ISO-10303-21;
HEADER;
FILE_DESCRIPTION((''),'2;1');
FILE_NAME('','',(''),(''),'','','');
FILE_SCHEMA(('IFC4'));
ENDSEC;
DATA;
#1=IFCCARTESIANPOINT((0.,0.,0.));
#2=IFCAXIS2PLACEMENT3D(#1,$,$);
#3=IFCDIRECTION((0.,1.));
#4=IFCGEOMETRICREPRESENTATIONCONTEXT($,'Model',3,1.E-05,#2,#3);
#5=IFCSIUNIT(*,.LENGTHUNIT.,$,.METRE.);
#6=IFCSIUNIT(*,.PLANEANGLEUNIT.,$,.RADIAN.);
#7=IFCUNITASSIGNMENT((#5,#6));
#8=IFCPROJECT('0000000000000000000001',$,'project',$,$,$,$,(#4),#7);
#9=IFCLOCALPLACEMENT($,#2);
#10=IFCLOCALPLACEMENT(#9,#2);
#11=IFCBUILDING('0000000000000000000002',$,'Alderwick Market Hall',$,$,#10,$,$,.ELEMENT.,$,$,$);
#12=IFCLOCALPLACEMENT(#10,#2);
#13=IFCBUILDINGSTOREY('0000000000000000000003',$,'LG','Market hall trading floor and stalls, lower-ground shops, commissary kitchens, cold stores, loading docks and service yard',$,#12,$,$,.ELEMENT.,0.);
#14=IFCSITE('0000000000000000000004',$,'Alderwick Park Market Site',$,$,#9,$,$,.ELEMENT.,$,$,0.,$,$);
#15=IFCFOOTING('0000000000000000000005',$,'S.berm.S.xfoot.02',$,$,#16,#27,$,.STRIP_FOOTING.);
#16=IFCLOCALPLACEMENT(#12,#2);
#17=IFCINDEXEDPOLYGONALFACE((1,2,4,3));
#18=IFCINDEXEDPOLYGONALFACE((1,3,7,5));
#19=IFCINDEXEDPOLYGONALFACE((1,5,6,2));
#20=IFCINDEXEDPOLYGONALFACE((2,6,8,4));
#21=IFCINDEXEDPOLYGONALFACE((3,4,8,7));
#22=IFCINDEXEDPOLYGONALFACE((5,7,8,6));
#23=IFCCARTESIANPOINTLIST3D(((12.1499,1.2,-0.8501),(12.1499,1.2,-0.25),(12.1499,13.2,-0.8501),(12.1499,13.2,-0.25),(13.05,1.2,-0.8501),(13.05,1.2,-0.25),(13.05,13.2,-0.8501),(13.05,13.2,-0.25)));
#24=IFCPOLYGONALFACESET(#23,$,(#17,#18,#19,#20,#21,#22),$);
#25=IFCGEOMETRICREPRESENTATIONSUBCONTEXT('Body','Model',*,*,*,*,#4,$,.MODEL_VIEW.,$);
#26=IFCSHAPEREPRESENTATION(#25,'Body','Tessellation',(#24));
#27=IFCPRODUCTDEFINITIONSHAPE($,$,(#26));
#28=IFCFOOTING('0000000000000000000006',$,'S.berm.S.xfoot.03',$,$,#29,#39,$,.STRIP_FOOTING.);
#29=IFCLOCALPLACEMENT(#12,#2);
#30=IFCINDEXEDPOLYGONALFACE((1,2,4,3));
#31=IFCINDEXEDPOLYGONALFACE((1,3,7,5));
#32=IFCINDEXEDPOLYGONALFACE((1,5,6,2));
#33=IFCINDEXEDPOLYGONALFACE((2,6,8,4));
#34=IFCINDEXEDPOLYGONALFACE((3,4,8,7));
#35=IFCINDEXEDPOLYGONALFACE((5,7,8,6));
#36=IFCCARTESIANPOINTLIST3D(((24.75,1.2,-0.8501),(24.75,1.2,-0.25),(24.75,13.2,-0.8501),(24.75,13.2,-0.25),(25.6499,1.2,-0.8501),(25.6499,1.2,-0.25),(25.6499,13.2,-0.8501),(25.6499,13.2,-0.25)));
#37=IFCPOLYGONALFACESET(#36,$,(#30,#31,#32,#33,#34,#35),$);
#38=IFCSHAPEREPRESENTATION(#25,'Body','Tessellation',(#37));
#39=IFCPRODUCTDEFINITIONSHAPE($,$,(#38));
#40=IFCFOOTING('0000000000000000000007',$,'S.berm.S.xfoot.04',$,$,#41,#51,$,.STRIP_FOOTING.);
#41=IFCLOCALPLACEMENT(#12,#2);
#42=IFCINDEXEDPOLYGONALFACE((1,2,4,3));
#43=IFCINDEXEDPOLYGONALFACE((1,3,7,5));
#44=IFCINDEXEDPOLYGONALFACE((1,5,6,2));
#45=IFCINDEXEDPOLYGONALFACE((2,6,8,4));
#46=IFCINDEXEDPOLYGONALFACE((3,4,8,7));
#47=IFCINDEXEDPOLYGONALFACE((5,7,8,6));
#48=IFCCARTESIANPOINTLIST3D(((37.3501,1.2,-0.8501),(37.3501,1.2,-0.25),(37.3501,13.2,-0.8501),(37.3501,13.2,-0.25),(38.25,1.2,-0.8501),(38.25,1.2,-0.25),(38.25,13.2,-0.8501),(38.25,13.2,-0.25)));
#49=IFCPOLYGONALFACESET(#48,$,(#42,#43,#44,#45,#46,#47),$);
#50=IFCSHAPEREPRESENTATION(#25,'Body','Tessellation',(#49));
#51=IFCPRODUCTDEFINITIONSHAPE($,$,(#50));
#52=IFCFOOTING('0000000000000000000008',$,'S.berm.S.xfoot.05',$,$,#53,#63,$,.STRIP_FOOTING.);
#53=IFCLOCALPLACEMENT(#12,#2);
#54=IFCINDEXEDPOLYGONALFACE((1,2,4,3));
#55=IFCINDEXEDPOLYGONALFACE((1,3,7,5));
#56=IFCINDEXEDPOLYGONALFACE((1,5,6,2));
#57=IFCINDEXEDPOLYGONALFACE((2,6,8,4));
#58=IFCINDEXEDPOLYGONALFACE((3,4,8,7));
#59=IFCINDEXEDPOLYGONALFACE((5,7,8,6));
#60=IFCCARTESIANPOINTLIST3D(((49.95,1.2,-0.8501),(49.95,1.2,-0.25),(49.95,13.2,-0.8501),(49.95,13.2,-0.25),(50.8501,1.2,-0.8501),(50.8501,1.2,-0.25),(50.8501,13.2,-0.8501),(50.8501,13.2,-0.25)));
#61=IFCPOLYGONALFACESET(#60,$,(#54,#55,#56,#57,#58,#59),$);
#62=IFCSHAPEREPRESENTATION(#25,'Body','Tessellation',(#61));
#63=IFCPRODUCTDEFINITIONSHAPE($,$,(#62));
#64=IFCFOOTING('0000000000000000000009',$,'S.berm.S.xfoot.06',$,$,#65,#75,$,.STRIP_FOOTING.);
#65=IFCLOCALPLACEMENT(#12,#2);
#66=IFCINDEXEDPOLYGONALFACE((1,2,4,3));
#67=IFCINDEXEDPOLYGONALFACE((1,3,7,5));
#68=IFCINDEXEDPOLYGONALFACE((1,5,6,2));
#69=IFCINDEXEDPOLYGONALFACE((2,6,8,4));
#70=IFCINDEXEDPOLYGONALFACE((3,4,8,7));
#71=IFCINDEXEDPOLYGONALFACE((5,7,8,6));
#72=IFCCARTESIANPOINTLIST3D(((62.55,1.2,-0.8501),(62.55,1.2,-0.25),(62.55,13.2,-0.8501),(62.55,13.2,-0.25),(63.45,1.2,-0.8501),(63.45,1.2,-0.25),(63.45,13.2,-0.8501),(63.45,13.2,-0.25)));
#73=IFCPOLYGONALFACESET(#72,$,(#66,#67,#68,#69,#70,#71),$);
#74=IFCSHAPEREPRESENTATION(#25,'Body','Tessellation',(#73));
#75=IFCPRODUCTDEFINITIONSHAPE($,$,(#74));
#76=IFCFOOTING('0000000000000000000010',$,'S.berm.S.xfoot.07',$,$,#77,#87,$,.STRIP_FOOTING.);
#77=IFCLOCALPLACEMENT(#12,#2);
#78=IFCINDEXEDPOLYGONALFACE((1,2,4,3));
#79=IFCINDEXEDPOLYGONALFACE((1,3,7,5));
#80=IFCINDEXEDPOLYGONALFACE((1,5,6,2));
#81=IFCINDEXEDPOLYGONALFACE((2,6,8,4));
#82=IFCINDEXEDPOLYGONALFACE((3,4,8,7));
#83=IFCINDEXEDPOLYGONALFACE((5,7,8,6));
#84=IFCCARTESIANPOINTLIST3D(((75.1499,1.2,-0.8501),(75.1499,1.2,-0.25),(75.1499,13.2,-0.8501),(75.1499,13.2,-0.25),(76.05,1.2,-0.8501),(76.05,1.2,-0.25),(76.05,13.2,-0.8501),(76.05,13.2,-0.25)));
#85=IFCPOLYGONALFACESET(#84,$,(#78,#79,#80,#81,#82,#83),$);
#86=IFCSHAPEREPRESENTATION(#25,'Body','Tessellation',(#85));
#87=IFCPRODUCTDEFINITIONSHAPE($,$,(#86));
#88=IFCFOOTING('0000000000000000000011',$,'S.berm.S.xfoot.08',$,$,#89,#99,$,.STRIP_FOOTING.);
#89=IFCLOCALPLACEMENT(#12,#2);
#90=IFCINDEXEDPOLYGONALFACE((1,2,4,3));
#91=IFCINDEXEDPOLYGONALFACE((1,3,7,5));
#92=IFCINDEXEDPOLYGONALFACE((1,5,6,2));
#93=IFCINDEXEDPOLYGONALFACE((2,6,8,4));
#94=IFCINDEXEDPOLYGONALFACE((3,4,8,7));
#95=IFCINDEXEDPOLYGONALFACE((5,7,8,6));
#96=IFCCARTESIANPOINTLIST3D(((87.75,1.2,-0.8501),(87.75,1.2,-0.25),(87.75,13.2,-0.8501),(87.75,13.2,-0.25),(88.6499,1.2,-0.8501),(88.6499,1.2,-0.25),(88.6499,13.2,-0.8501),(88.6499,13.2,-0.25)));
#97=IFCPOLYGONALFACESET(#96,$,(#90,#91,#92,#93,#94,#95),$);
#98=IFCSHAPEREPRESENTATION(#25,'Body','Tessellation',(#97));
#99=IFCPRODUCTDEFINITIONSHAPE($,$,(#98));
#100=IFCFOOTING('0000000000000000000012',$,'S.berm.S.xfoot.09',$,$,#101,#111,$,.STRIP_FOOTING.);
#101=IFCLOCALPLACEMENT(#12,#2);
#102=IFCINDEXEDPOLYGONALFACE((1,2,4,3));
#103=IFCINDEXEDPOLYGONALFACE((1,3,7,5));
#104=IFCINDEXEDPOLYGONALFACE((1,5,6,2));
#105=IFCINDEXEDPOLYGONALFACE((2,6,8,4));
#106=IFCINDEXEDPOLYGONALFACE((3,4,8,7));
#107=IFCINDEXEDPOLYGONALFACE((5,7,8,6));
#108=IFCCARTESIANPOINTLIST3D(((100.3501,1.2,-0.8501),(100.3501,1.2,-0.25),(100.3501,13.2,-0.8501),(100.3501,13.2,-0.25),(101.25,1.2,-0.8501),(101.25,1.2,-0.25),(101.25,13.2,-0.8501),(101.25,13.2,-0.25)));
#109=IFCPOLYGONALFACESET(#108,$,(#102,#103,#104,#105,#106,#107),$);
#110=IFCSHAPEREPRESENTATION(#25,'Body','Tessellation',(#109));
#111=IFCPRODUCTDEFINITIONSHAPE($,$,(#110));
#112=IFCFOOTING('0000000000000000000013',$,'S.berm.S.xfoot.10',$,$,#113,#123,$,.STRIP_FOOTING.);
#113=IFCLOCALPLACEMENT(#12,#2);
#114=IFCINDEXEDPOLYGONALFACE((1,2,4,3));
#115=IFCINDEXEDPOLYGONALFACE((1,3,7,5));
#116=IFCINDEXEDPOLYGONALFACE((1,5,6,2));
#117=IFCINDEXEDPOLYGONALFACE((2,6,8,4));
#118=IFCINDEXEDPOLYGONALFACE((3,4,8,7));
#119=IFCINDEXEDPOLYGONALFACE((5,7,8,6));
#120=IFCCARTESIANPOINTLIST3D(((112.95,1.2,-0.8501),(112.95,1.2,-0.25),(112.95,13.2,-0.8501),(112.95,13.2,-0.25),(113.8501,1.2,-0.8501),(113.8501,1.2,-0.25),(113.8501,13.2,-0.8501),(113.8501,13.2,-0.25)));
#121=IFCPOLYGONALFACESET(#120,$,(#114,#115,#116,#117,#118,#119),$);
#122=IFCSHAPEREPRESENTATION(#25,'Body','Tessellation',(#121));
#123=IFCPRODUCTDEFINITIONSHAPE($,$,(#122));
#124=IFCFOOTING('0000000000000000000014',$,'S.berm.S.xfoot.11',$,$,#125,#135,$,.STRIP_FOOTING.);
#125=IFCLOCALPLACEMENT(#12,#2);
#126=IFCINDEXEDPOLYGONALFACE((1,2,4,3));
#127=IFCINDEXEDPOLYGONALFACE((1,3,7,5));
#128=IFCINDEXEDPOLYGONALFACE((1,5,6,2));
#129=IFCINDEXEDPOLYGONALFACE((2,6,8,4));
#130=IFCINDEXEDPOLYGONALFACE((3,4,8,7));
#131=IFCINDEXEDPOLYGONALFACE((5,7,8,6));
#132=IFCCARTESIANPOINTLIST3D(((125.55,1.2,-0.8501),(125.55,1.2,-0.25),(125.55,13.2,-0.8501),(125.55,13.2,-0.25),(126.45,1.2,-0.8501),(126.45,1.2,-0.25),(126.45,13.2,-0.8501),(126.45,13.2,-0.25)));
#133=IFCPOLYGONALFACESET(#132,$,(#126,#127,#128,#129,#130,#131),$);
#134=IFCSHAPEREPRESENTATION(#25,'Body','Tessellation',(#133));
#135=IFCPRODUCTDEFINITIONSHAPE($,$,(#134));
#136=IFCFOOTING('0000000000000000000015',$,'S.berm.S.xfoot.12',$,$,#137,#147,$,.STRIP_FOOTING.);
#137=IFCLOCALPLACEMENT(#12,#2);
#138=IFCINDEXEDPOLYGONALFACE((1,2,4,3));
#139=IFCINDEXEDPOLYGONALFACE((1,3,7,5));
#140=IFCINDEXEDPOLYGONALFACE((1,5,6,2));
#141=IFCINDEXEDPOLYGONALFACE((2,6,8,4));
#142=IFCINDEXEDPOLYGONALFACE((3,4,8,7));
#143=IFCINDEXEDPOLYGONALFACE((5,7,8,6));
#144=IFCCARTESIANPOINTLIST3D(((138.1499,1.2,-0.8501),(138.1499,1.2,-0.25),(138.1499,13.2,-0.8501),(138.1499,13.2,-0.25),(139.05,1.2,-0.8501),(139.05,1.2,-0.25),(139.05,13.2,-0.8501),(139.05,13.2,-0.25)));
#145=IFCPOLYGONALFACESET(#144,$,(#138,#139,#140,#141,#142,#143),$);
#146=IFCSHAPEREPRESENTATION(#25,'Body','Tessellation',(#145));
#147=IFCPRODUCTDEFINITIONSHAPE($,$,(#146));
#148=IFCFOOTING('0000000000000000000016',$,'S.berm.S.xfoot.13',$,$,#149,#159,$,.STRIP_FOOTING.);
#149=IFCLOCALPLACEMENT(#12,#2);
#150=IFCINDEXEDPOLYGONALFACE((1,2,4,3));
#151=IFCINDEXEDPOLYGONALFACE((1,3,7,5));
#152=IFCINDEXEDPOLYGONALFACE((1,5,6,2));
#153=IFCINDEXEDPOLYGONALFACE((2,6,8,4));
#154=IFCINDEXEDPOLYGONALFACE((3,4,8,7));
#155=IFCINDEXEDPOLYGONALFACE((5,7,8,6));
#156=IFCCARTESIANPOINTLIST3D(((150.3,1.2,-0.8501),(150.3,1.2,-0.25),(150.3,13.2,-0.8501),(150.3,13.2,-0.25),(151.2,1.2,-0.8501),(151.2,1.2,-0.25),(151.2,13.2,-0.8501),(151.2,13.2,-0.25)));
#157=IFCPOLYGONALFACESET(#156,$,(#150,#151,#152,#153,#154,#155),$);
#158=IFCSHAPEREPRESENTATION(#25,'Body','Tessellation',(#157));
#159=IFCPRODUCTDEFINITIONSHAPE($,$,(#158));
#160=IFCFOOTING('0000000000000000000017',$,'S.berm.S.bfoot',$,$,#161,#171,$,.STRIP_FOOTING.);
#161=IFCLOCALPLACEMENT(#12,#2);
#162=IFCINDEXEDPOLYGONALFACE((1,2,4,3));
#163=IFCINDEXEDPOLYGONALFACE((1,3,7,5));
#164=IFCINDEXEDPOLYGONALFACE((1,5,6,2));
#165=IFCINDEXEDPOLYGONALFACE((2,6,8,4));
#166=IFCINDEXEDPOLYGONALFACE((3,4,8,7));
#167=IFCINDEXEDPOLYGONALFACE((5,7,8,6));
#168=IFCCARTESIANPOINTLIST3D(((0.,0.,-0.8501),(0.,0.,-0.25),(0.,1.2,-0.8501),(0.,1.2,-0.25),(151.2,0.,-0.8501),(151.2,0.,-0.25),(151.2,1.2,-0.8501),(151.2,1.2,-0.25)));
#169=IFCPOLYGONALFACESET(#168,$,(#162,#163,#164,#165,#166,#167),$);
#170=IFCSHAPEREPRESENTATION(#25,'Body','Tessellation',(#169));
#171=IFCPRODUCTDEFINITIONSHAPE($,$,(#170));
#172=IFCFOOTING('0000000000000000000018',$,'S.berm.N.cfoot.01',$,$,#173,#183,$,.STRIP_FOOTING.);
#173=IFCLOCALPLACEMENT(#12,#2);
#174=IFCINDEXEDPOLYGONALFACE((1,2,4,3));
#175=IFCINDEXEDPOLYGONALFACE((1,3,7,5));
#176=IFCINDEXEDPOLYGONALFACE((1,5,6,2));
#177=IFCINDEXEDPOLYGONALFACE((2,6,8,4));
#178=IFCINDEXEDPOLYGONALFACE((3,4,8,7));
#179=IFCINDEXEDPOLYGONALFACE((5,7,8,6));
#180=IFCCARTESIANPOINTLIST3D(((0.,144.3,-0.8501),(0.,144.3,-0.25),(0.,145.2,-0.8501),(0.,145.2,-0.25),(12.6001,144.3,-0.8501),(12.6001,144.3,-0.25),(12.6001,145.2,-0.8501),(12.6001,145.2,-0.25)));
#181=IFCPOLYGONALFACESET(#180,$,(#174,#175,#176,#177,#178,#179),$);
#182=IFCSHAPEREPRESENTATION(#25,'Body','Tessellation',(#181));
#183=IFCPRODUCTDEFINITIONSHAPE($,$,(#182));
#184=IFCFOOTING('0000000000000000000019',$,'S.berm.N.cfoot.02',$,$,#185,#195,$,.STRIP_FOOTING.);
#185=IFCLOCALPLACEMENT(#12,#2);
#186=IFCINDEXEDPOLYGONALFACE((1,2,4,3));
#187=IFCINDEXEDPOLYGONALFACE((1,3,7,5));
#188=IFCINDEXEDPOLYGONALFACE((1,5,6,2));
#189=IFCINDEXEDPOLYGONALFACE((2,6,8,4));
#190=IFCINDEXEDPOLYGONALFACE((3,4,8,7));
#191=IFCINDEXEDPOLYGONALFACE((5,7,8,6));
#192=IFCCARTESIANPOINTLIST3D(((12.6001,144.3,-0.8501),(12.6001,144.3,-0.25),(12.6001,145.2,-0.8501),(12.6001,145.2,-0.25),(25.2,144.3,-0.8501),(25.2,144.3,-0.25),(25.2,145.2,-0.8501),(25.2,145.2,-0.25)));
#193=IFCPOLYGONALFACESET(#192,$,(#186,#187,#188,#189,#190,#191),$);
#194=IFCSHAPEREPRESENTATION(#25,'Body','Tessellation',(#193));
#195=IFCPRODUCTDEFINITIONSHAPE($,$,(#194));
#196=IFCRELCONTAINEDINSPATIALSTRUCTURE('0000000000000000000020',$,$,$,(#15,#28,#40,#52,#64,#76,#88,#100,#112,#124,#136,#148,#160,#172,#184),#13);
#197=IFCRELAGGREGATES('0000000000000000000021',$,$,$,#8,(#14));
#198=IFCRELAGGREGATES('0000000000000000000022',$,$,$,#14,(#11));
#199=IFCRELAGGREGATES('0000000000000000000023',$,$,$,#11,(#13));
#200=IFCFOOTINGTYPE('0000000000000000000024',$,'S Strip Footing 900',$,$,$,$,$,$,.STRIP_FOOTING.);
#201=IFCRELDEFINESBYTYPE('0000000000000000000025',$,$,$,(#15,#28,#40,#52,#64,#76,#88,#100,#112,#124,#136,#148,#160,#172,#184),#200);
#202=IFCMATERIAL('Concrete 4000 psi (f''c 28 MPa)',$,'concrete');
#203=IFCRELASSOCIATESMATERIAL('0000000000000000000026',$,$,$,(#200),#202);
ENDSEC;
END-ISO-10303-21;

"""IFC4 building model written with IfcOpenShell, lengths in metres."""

from ifc_helpers import new_model, si_unit, direction, frame, origin, place, context, subcontext, project, spatial, polyline, outline, extrude, material, type_object, element, save


model = new_model("IFC4")

# Units and contexts
model_context = context("Model", 3, precision=1e-05, world=origin(), true_north=direction((0.0, 1.0)))
body_context = subcontext(model_context, "Body", "Model", "MODEL_VIEW")
ifc_project = project(units=[si_unit("LENGTHUNIT", "METRE"), si_unit("PLANEANGLEUNIT", "RADIAN")], contexts=[model_context])

# Site, building, storey
site_placement = place(None, origin())
site = spatial("IfcSite", under=ifc_project, at=site_placement, Name="Alderwick Park Market Site", CompositionType="ELEMENT", RefElevation=0.0)
building_placement = place(site_placement, origin())
building = spatial("IfcBuilding", under=site, at=building_placement, Name="Alderwick Market Hall", CompositionType="ELEMENT")
storey_placement = place(building_placement, origin())
storey = spatial("IfcBuildingStorey", under=building, at=storey_placement, Name="LG", Description="Market hall trading floor and stalls, lower-ground shops, commissary kitchens, cold stores, loading docks and service yard", CompositionType="ELEMENT", Elevation=0.0)

# Footings
ifc_material = material(Name="Concrete 4000 psi (f'c 28 MPa)", Category="concrete")
footing_type = type_object("IfcFootingType", Name="S Strip Footing 900", PredefinedType="STRIP_FOOTING", material=ifc_material)
footing_1_placement = place(storey_placement, frame((0.0, 0.0, -0.8501)))
element("IfcFooting", 1, at=footing_1_placement, inside=storey, type_object=footing_type, Name="S.berm.S.xfoot.02", PredefinedType="STRIP_FOOTING", context=body_context, shape_type="SweptSolid", body=[
    extrude(outline(polyline([(13.05, 1.2), (13.05, 13.2), (12.1499, 13.2), (12.1499, 1.2), (13.05, 1.2)])), origin(), (0.0, 0.0, 1.0), 0.6001),
])
footing_2_placement = place(storey_placement, frame((0.0, 0.0, -0.8501)))
element("IfcFooting", 2, at=footing_2_placement, inside=storey, type_object=footing_type, Name="S.berm.S.xfoot.03", PredefinedType="STRIP_FOOTING", context=body_context, shape_type="SweptSolid", body=[
    extrude(outline(polyline([(25.6499, 1.2), (25.6499, 13.2), (24.75, 13.2), (24.75, 1.2), (25.6499, 1.2)])), origin(), (0.0, 0.0, 1.0), 0.6001),
])
footing_3_placement = place(storey_placement, frame((0.0, 0.0, -0.8501)))
element("IfcFooting", 3, at=footing_3_placement, inside=storey, type_object=footing_type, Name="S.berm.S.xfoot.04", PredefinedType="STRIP_FOOTING", context=body_context, shape_type="SweptSolid", body=[
    extrude(outline(polyline([(38.25, 1.2), (38.25, 13.2), (37.3501, 13.2), (37.3501, 1.2), (38.25, 1.2)])), origin(), (0.0, 0.0, 1.0), 0.6001),
])
footing_4_placement = place(storey_placement, frame((0.0, 0.0, -0.8501)))
element("IfcFooting", 4, at=footing_4_placement, inside=storey, type_object=footing_type, Name="S.berm.S.xfoot.05", PredefinedType="STRIP_FOOTING", context=body_context, shape_type="SweptSolid", body=[
    extrude(outline(polyline([(50.8501, 1.2), (50.8501, 13.2), (49.95, 13.2), (49.95, 1.2), (50.8501, 1.2)])), origin(), (0.0, 0.0, 1.0), 0.6001),
])
footing_5_placement = place(storey_placement, frame((0.0, 0.0, -0.8501)))
element("IfcFooting", 5, at=footing_5_placement, inside=storey, type_object=footing_type, Name="S.berm.S.xfoot.06", PredefinedType="STRIP_FOOTING", context=body_context, shape_type="SweptSolid", body=[
    extrude(outline(polyline([(63.45, 1.2), (63.45, 13.2), (62.55, 13.2), (62.55, 1.2), (63.45, 1.2)])), origin(), (0.0, 0.0, 1.0), 0.6001),
])
footing_6_placement = place(storey_placement, frame((0.0, 0.0, -0.8501)))
element("IfcFooting", 6, at=footing_6_placement, inside=storey, type_object=footing_type, Name="S.berm.S.xfoot.07", PredefinedType="STRIP_FOOTING", context=body_context, shape_type="SweptSolid", body=[
    extrude(outline(polyline([(76.05, 1.2), (76.05, 13.2), (75.1499, 13.2), (75.1499, 1.2), (76.05, 1.2)])), origin(), (0.0, 0.0, 1.0), 0.6001),
])
footing_7_placement = place(storey_placement, frame((0.0, 0.0, -0.8501)))
element("IfcFooting", 7, at=footing_7_placement, inside=storey, type_object=footing_type, Name="S.berm.S.xfoot.08", PredefinedType="STRIP_FOOTING", context=body_context, shape_type="SweptSolid", body=[
    extrude(outline(polyline([(88.6499, 1.2), (88.6499, 13.2), (87.75, 13.2), (87.75, 1.2), (88.6499, 1.2)])), origin(), (0.0, 0.0, 1.0), 0.6001),
])
footing_8_placement = place(storey_placement, frame((0.0, 0.0, -0.8501)))
element("IfcFooting", 8, at=footing_8_placement, inside=storey, type_object=footing_type, Name="S.berm.S.xfoot.09", PredefinedType="STRIP_FOOTING", context=body_context, shape_type="SweptSolid", body=[
    extrude(outline(polyline([(101.25, 1.2), (101.25, 13.2), (100.3501, 13.2), (100.3501, 1.2), (101.25, 1.2)])), origin(), (0.0, 0.0, 1.0), 0.6001),
])
footing_9_placement = place(storey_placement, frame((0.0, 0.0, -0.8501)))
element("IfcFooting", 9, at=footing_9_placement, inside=storey, type_object=footing_type, Name="S.berm.S.xfoot.10", PredefinedType="STRIP_FOOTING", context=body_context, shape_type="SweptSolid", body=[
    extrude(outline(polyline([(113.8501, 1.2), (113.8501, 13.2), (112.95, 13.2), (112.95, 1.2), (113.8501, 1.2)])), origin(), (0.0, 0.0, 1.0), 0.6001),
])
footing_10_placement = place(storey_placement, frame((0.0, 0.0, -0.8501)))
element("IfcFooting", 10, at=footing_10_placement, inside=storey, type_object=footing_type, Name="S.berm.S.xfoot.11", PredefinedType="STRIP_FOOTING", context=body_context, shape_type="SweptSolid", body=[
    extrude(outline(polyline([(126.45, 1.2), (126.45, 13.2), (125.55, 13.2), (125.55, 1.2), (126.45, 1.2)])), origin(), (0.0, 0.0, 1.0), 0.6001),
])
footing_11_placement = place(storey_placement, frame((0.0, 0.0, -0.8501)))
element("IfcFooting", 11, at=footing_11_placement, inside=storey, type_object=footing_type, Name="S.berm.S.xfoot.12", PredefinedType="STRIP_FOOTING", context=body_context, shape_type="SweptSolid", body=[
    extrude(outline(polyline([(139.05, 1.2), (139.05, 13.2), (138.1499, 13.2), (138.1499, 1.2), (139.05, 1.2)])), origin(), (0.0, 0.0, 1.0), 0.6001),
])
footing_12_placement = place(storey_placement, frame((0.0, 0.0, -0.8501)))
element("IfcFooting", 12, at=footing_12_placement, inside=storey, type_object=footing_type, Name="S.berm.S.xfoot.13", PredefinedType="STRIP_FOOTING", context=body_context, shape_type="SweptSolid", body=[
    extrude(outline(polyline([(151.2, 1.2), (151.2, 13.2), (150.3, 13.2), (150.3, 1.2), (151.2, 1.2)])), origin(), (0.0, 0.0, 1.0), 0.6001),
])
footing_13_placement = place(storey_placement, frame((0.0, 0.0, -0.8501)))
element("IfcFooting", 13, at=footing_13_placement, inside=storey, type_object=footing_type, Name="S.berm.S.bfoot", PredefinedType="STRIP_FOOTING", context=body_context, shape_type="SweptSolid", body=[
    extrude(outline(polyline([(151.2, 0.0), (151.2, 1.2), (0.0, 1.2), (0.0, 0.0), (151.2, 0.0)])), origin(), (0.0, 0.0, 1.0), 0.6001),
])
footing_14_placement = place(storey_placement, frame((0.0, 0.0, -0.8501)))
element("IfcFooting", 14, at=footing_14_placement, inside=storey, type_object=footing_type, Name="S.berm.N.cfoot.01", PredefinedType="STRIP_FOOTING", context=body_context, shape_type="SweptSolid", body=[
    extrude(outline(polyline([(12.6001, 144.3), (12.6001, 145.2), (0.0, 145.2), (0.0, 144.3), (12.6001, 144.3)])), origin(), (0.0, 0.0, 1.0), 0.6001),
])
footing_15_placement = place(storey_placement, frame((0.0, 0.0, -0.8501)))
element("IfcFooting", 15, at=footing_15_placement, inside=storey, type_object=footing_type, Name="S.berm.N.cfoot.02", PredefinedType="STRIP_FOOTING", context=body_context, shape_type="SweptSolid", body=[
    extrude(outline(polyline([(25.2, 144.3), (25.2, 145.2), (12.6001, 145.2), (12.6001, 144.3), (25.2, 144.3)])), origin(), (0.0, 0.0, 1.0), 0.6001),
])

save(model, "model.ifc")
